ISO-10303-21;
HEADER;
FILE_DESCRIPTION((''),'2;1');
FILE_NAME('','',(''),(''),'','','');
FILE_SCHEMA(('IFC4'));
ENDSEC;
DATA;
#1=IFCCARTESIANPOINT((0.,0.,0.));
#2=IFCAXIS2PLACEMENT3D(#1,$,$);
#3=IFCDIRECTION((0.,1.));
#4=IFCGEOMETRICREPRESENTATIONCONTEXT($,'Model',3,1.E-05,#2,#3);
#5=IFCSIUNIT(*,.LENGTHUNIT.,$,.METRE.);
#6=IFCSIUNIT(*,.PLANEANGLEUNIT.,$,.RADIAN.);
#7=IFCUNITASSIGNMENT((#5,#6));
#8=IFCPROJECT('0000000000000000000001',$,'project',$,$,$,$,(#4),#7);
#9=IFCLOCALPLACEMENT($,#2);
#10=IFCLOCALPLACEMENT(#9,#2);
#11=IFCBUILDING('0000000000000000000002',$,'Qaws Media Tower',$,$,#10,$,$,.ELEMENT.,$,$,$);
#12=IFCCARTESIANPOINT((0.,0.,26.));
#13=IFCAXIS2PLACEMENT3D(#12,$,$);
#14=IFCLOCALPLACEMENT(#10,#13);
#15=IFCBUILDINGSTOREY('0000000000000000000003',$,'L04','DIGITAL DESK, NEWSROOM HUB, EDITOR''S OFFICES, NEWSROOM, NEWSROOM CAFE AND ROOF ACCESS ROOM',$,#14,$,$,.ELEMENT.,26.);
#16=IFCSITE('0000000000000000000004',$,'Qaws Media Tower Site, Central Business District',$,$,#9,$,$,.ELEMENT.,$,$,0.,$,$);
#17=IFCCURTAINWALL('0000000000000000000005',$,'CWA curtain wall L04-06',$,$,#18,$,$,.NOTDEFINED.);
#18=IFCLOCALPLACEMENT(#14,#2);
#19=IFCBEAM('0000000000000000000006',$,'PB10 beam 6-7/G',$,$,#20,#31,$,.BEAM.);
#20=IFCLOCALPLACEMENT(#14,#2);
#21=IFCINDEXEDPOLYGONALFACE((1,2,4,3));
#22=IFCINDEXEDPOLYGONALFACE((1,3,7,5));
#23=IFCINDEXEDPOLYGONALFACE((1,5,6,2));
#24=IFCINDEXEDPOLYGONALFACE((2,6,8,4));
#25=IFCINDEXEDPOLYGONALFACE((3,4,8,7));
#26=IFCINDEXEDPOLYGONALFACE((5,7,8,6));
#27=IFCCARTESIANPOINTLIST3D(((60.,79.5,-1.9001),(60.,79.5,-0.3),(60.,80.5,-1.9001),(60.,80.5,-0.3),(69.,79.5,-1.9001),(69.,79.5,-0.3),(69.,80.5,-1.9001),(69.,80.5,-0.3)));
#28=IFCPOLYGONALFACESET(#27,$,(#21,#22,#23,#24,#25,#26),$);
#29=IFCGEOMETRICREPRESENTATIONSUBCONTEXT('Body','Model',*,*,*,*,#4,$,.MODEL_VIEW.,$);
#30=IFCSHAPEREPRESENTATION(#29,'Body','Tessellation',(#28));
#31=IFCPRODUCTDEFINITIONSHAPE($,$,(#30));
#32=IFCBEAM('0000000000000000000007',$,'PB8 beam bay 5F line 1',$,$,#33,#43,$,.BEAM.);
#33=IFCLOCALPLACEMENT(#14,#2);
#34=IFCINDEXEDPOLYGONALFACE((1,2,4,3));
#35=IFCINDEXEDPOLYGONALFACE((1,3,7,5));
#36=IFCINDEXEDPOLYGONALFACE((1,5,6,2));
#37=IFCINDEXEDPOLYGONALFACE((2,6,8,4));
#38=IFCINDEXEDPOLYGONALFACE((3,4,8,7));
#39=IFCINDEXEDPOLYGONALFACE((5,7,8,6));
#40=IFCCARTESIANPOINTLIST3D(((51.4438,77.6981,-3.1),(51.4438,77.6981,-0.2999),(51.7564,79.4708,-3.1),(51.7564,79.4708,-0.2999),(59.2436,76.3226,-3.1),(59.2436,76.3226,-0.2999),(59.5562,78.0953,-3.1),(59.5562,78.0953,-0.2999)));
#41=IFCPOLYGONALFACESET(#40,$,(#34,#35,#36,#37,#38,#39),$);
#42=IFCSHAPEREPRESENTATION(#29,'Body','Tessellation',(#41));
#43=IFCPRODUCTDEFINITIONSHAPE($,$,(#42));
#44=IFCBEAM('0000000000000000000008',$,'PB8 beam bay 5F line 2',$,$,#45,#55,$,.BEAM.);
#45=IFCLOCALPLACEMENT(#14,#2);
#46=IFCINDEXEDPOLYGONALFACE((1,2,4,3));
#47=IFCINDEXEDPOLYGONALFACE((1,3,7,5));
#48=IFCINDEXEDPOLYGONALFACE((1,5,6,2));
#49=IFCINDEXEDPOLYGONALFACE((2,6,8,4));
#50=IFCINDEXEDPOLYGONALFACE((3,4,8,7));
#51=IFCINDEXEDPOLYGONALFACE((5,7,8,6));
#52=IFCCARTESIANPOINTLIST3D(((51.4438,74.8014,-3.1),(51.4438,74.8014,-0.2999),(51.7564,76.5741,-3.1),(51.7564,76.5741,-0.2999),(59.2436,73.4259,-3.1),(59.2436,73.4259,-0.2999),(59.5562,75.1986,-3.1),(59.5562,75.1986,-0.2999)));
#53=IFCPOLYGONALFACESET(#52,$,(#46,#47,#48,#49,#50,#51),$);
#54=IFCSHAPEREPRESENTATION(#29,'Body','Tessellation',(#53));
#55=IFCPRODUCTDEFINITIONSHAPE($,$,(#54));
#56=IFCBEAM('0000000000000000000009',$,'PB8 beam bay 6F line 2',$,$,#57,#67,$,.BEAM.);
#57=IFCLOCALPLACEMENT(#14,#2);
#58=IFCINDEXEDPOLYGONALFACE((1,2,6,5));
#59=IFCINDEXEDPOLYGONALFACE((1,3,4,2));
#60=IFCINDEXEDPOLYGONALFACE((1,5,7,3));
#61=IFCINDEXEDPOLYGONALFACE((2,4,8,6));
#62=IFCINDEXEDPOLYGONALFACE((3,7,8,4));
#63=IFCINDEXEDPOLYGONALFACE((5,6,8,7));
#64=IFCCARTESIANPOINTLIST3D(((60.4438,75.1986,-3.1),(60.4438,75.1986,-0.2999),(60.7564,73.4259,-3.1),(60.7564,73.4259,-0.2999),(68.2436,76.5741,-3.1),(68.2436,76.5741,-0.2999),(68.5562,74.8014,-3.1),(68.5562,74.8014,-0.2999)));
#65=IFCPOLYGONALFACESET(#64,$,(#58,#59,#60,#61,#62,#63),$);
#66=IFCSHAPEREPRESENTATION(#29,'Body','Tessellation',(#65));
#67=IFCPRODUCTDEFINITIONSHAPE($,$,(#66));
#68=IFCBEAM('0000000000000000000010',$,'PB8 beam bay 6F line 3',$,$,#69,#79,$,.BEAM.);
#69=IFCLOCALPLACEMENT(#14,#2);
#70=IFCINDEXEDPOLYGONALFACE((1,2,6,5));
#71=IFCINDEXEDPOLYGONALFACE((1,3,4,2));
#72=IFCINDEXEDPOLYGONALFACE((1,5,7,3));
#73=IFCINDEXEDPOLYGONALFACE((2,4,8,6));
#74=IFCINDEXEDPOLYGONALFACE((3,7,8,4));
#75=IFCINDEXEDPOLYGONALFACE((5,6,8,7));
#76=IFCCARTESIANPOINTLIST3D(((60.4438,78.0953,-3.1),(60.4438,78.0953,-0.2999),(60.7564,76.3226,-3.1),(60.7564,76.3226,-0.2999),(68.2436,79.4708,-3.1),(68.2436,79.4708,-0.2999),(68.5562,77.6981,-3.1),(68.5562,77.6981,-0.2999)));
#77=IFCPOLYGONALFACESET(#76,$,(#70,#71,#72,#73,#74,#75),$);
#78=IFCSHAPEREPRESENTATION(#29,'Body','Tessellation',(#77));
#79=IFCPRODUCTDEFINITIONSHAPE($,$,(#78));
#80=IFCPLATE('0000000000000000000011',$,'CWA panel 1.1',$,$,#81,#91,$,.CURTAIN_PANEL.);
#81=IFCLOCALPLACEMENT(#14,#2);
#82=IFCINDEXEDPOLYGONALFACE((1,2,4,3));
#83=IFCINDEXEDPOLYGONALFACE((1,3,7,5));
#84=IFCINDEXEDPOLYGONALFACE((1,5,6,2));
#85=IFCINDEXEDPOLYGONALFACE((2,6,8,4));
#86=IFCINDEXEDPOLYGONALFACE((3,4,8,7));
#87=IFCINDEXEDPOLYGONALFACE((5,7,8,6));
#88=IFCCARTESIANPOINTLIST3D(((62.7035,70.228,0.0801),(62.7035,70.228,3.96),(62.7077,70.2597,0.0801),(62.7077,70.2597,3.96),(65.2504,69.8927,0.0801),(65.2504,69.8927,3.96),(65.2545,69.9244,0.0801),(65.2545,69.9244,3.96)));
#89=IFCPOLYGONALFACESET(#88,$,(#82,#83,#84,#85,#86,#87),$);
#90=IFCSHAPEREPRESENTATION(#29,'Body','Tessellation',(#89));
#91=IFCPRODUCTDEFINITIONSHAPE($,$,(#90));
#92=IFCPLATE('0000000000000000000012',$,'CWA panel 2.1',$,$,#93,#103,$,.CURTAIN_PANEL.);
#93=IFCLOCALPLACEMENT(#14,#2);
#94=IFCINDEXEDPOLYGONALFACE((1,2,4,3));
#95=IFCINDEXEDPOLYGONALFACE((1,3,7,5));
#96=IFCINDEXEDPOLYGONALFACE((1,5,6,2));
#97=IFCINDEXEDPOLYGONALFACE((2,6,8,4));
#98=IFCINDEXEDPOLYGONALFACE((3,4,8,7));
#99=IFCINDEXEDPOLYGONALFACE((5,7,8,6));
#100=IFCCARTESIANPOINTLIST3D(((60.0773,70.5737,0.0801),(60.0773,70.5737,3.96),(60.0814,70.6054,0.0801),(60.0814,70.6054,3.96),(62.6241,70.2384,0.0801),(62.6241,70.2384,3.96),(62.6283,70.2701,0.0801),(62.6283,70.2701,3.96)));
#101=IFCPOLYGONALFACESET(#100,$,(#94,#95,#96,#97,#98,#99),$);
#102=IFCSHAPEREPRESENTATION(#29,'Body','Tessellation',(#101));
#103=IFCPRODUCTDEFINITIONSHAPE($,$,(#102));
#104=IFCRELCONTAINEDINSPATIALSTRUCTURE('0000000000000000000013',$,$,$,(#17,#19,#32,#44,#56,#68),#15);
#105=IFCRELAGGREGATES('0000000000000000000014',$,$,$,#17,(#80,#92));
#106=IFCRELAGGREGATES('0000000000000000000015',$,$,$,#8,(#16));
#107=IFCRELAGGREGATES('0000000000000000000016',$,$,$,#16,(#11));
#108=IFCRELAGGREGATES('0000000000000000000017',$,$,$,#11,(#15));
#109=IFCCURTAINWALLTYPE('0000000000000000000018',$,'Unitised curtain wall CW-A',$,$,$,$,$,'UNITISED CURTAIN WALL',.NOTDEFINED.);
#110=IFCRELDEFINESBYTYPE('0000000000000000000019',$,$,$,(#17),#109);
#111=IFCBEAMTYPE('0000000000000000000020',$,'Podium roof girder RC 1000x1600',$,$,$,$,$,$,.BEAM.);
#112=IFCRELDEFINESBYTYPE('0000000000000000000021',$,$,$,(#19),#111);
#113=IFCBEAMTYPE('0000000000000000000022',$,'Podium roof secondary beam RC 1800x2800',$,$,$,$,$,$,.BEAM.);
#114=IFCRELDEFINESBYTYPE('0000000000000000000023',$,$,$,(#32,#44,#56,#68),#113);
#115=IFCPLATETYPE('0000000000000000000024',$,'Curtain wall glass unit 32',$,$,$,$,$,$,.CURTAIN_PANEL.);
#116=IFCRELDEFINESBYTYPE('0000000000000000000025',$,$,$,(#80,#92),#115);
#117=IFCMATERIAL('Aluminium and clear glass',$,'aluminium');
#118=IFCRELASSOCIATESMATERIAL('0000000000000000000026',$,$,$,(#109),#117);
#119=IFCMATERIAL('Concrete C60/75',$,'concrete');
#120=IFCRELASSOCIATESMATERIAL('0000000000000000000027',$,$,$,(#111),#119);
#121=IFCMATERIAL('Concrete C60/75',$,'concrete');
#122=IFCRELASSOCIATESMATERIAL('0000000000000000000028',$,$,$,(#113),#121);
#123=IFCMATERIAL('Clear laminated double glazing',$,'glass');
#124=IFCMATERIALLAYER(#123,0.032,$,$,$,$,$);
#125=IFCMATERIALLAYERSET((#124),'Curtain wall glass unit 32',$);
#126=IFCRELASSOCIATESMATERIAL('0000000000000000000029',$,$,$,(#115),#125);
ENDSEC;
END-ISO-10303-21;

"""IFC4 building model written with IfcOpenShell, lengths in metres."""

from ifc_helpers import new_model, si_unit, direction, frame, origin, origin_2d, place, context, subcontext, project, spatial, rectangle, extrude, material, layer, layer_set, material_profile, profile_set, type_object, element, aggregate, save


model = new_model("IFC4")

# Units and contexts
model_context = context("Model", 3, precision=1e-05, world=origin(), true_north=direction((0.0, 1.0)))
body_context = subcontext(model_context, "Body", "Model", "MODEL_VIEW")
ifc_project = project(units=[si_unit("LENGTHUNIT", "METRE"), si_unit("PLANEANGLEUNIT", "RADIAN")], contexts=[model_context])

# Site, building, storey
site_placement = place(None, origin())
site = spatial("IfcSite", under=ifc_project, at=site_placement, Name="Qaws Media Tower Site, Central Business District", CompositionType="ELEMENT", RefElevation=0.0)
building_placement = place(site_placement, origin())
building = spatial("IfcBuilding", under=site, at=building_placement, Name="Qaws Media Tower", CompositionType="ELEMENT")
storey_placement = place(building_placement, frame((0.0, 0.0, 26.0)))
storey = spatial("IfcBuildingStorey", under=building, at=storey_placement, Name="L04", Description="DIGITAL DESK, NEWSROOM HUB, EDITOR'S OFFICES, NEWSROOM, NEWSROOM CAFE AND ROOF ACCESS ROOM", CompositionType="ELEMENT", Elevation=26.0)

# Curtain wall
ifc_material_1 = material(Name="Aluminium and clear glass", Category="aluminium")
curtain_wall_type = type_object("IfcCurtainWallType", Name="Unitised curtain wall CW-A", ElementType="UNITISED CURTAIN WALL", PredefinedType="NOTDEFINED", material=ifc_material_1)
curtain_wall_1_placement = place(storey_placement, origin())
curtain_wall_1 = element("IfcCurtainWall", 1, at=curtain_wall_1_placement, inside=storey, type_object=curtain_wall_type, Name="CWA curtain wall L04-06", PredefinedType="NOTDEFINED")

# Beams
ifc_material_2 = material(Name="Concrete C60/75", Category="concrete")
ifc_material_profile_1 = material_profile(ifc_material_2, rectangle(XDim=1.0, YDim=1.6001, at=origin_2d()), Name="RC 1000x1600")
ifc_profile_set_1 = profile_set([ifc_material_profile_1], Name="Concrete C60/75")
beam_type_1 = type_object("IfcBeamType", Name="Podium roof girder RC 1000x1600", PredefinedType="BEAM", material=ifc_profile_set_1)
beam_1_placement = place(storey_placement, frame((60.0, 80.0, -1.1001), z_axis=(1.0, 0.0, 0.0), x_axis=(0.0, 1.0, 0.0)))
element("IfcBeam", 2, at=beam_1_placement, inside=storey, type_object=beam_type_1, Name="PB10 beam 6-7/G", PredefinedType="BEAM", context=body_context, shape_type="SweptSolid", body=[
    extrude(rectangle(XDim=1.0, YDim=1.6001, at=origin_2d()), origin(), (0.0, 0.0, 1.0), 9.0),
])
ifc_material_3 = material(Name="Concrete C60/75", Category="concrete")
ifc_material_profile_2 = material_profile(ifc_material_3, rectangle(XDim=1.8, YDim=2.8, at=origin_2d()), Name="RC 1800x2800")
ifc_profile_set_2 = profile_set([ifc_material_profile_2], Name="Concrete C60/75")
beam_type_2 = type_object("IfcBeamType", Name="Podium roof secondary beam RC 1800x2800", PredefinedType="BEAM", material=ifc_profile_set_2)
for number, where, z_axis, x_axis, name in (
    (3, (59.3999, 77.209, -1.7), (-0.984804, 0.173669, 0.0), (-0.173669, -0.984804, 0.0), "PB8 beam bay 5F line 1"),
    (4, (59.3999, 74.3123, -1.7), (-0.984804, 0.173669, 0.0), (-0.173669, -0.984804, 0.0), "PB8 beam bay 5F line 2"),
    (5, (60.6001, 74.3123, -1.7), (0.984804, 0.173669, 0.0), (-0.173669, 0.984804, 0.0), "PB8 beam bay 6F line 2"),
    (6, (60.6001, 77.209, -1.7), (0.984804, 0.173669, 0.0), (-0.173669, 0.984804, 0.0), "PB8 beam bay 6F line 3"),
):
    element("IfcBeam", number, at=place(storey_placement, frame(where, z_axis=z_axis, x_axis=x_axis)), inside=storey, type_object=beam_type_2, Name=name, PredefinedType="BEAM", context=body_context, shape_type="SweptSolid", body=[
        extrude(rectangle(XDim=1.8, YDim=2.8, at=origin_2d()), origin(), (0.0, 0.0, 1.0), 7.9202),
    ])

# Plates
ifc_material_4 = material(Name="Clear laminated double glazing", Category="glass")
ifc_layer_1 = layer(ifc_material_4, 0.032)
ifc_layer_set_1 = layer_set([ifc_layer_1], Name="Curtain wall glass unit 32")
plate_type = type_object("IfcPlateType", Name="Curtain wall glass unit 32", PredefinedType="CURTAIN_PANEL", material=ifc_layer_set_1)
plate_1_placement = place(storey_placement, frame((63.979, 70.0762, 0.0801), z_axis=(0.0, 0.0, 1.0), x_axis=(-0.991445, 0.130526, 0.0)))
plate_1 = element("IfcPlate", 7, at=plate_1_placement, type_object=plate_type, Name="CWA panel 1.1", PredefinedType="CURTAIN_PANEL", context=body_context, shape_type="SweptSolid", body=[
    extrude(rectangle(XDim=2.5688, YDim=0.032, at=origin_2d()), origin(), (0.0, 0.0, 1.0), 3.8799),
])
plate_2_placement = place(storey_placement, frame((61.3528, 70.4219, 0.0801), z_axis=(0.0, 0.0, 1.0), x_axis=(-0.991445, 0.130526, 0.0)))
plate_2 = element("IfcPlate", 8, at=plate_2_placement, type_object=plate_type, Name="CWA panel 2.1", PredefinedType="CURTAIN_PANEL", context=body_context, shape_type="SweptSolid", body=[
    extrude(rectangle(XDim=2.5688, YDim=0.032, at=origin_2d()), origin(), (0.0, 0.0, 1.0), 3.8799),
])
aggregate(curtain_wall_1, [plate_1, plate_2])

save(model, "model.ifc")
